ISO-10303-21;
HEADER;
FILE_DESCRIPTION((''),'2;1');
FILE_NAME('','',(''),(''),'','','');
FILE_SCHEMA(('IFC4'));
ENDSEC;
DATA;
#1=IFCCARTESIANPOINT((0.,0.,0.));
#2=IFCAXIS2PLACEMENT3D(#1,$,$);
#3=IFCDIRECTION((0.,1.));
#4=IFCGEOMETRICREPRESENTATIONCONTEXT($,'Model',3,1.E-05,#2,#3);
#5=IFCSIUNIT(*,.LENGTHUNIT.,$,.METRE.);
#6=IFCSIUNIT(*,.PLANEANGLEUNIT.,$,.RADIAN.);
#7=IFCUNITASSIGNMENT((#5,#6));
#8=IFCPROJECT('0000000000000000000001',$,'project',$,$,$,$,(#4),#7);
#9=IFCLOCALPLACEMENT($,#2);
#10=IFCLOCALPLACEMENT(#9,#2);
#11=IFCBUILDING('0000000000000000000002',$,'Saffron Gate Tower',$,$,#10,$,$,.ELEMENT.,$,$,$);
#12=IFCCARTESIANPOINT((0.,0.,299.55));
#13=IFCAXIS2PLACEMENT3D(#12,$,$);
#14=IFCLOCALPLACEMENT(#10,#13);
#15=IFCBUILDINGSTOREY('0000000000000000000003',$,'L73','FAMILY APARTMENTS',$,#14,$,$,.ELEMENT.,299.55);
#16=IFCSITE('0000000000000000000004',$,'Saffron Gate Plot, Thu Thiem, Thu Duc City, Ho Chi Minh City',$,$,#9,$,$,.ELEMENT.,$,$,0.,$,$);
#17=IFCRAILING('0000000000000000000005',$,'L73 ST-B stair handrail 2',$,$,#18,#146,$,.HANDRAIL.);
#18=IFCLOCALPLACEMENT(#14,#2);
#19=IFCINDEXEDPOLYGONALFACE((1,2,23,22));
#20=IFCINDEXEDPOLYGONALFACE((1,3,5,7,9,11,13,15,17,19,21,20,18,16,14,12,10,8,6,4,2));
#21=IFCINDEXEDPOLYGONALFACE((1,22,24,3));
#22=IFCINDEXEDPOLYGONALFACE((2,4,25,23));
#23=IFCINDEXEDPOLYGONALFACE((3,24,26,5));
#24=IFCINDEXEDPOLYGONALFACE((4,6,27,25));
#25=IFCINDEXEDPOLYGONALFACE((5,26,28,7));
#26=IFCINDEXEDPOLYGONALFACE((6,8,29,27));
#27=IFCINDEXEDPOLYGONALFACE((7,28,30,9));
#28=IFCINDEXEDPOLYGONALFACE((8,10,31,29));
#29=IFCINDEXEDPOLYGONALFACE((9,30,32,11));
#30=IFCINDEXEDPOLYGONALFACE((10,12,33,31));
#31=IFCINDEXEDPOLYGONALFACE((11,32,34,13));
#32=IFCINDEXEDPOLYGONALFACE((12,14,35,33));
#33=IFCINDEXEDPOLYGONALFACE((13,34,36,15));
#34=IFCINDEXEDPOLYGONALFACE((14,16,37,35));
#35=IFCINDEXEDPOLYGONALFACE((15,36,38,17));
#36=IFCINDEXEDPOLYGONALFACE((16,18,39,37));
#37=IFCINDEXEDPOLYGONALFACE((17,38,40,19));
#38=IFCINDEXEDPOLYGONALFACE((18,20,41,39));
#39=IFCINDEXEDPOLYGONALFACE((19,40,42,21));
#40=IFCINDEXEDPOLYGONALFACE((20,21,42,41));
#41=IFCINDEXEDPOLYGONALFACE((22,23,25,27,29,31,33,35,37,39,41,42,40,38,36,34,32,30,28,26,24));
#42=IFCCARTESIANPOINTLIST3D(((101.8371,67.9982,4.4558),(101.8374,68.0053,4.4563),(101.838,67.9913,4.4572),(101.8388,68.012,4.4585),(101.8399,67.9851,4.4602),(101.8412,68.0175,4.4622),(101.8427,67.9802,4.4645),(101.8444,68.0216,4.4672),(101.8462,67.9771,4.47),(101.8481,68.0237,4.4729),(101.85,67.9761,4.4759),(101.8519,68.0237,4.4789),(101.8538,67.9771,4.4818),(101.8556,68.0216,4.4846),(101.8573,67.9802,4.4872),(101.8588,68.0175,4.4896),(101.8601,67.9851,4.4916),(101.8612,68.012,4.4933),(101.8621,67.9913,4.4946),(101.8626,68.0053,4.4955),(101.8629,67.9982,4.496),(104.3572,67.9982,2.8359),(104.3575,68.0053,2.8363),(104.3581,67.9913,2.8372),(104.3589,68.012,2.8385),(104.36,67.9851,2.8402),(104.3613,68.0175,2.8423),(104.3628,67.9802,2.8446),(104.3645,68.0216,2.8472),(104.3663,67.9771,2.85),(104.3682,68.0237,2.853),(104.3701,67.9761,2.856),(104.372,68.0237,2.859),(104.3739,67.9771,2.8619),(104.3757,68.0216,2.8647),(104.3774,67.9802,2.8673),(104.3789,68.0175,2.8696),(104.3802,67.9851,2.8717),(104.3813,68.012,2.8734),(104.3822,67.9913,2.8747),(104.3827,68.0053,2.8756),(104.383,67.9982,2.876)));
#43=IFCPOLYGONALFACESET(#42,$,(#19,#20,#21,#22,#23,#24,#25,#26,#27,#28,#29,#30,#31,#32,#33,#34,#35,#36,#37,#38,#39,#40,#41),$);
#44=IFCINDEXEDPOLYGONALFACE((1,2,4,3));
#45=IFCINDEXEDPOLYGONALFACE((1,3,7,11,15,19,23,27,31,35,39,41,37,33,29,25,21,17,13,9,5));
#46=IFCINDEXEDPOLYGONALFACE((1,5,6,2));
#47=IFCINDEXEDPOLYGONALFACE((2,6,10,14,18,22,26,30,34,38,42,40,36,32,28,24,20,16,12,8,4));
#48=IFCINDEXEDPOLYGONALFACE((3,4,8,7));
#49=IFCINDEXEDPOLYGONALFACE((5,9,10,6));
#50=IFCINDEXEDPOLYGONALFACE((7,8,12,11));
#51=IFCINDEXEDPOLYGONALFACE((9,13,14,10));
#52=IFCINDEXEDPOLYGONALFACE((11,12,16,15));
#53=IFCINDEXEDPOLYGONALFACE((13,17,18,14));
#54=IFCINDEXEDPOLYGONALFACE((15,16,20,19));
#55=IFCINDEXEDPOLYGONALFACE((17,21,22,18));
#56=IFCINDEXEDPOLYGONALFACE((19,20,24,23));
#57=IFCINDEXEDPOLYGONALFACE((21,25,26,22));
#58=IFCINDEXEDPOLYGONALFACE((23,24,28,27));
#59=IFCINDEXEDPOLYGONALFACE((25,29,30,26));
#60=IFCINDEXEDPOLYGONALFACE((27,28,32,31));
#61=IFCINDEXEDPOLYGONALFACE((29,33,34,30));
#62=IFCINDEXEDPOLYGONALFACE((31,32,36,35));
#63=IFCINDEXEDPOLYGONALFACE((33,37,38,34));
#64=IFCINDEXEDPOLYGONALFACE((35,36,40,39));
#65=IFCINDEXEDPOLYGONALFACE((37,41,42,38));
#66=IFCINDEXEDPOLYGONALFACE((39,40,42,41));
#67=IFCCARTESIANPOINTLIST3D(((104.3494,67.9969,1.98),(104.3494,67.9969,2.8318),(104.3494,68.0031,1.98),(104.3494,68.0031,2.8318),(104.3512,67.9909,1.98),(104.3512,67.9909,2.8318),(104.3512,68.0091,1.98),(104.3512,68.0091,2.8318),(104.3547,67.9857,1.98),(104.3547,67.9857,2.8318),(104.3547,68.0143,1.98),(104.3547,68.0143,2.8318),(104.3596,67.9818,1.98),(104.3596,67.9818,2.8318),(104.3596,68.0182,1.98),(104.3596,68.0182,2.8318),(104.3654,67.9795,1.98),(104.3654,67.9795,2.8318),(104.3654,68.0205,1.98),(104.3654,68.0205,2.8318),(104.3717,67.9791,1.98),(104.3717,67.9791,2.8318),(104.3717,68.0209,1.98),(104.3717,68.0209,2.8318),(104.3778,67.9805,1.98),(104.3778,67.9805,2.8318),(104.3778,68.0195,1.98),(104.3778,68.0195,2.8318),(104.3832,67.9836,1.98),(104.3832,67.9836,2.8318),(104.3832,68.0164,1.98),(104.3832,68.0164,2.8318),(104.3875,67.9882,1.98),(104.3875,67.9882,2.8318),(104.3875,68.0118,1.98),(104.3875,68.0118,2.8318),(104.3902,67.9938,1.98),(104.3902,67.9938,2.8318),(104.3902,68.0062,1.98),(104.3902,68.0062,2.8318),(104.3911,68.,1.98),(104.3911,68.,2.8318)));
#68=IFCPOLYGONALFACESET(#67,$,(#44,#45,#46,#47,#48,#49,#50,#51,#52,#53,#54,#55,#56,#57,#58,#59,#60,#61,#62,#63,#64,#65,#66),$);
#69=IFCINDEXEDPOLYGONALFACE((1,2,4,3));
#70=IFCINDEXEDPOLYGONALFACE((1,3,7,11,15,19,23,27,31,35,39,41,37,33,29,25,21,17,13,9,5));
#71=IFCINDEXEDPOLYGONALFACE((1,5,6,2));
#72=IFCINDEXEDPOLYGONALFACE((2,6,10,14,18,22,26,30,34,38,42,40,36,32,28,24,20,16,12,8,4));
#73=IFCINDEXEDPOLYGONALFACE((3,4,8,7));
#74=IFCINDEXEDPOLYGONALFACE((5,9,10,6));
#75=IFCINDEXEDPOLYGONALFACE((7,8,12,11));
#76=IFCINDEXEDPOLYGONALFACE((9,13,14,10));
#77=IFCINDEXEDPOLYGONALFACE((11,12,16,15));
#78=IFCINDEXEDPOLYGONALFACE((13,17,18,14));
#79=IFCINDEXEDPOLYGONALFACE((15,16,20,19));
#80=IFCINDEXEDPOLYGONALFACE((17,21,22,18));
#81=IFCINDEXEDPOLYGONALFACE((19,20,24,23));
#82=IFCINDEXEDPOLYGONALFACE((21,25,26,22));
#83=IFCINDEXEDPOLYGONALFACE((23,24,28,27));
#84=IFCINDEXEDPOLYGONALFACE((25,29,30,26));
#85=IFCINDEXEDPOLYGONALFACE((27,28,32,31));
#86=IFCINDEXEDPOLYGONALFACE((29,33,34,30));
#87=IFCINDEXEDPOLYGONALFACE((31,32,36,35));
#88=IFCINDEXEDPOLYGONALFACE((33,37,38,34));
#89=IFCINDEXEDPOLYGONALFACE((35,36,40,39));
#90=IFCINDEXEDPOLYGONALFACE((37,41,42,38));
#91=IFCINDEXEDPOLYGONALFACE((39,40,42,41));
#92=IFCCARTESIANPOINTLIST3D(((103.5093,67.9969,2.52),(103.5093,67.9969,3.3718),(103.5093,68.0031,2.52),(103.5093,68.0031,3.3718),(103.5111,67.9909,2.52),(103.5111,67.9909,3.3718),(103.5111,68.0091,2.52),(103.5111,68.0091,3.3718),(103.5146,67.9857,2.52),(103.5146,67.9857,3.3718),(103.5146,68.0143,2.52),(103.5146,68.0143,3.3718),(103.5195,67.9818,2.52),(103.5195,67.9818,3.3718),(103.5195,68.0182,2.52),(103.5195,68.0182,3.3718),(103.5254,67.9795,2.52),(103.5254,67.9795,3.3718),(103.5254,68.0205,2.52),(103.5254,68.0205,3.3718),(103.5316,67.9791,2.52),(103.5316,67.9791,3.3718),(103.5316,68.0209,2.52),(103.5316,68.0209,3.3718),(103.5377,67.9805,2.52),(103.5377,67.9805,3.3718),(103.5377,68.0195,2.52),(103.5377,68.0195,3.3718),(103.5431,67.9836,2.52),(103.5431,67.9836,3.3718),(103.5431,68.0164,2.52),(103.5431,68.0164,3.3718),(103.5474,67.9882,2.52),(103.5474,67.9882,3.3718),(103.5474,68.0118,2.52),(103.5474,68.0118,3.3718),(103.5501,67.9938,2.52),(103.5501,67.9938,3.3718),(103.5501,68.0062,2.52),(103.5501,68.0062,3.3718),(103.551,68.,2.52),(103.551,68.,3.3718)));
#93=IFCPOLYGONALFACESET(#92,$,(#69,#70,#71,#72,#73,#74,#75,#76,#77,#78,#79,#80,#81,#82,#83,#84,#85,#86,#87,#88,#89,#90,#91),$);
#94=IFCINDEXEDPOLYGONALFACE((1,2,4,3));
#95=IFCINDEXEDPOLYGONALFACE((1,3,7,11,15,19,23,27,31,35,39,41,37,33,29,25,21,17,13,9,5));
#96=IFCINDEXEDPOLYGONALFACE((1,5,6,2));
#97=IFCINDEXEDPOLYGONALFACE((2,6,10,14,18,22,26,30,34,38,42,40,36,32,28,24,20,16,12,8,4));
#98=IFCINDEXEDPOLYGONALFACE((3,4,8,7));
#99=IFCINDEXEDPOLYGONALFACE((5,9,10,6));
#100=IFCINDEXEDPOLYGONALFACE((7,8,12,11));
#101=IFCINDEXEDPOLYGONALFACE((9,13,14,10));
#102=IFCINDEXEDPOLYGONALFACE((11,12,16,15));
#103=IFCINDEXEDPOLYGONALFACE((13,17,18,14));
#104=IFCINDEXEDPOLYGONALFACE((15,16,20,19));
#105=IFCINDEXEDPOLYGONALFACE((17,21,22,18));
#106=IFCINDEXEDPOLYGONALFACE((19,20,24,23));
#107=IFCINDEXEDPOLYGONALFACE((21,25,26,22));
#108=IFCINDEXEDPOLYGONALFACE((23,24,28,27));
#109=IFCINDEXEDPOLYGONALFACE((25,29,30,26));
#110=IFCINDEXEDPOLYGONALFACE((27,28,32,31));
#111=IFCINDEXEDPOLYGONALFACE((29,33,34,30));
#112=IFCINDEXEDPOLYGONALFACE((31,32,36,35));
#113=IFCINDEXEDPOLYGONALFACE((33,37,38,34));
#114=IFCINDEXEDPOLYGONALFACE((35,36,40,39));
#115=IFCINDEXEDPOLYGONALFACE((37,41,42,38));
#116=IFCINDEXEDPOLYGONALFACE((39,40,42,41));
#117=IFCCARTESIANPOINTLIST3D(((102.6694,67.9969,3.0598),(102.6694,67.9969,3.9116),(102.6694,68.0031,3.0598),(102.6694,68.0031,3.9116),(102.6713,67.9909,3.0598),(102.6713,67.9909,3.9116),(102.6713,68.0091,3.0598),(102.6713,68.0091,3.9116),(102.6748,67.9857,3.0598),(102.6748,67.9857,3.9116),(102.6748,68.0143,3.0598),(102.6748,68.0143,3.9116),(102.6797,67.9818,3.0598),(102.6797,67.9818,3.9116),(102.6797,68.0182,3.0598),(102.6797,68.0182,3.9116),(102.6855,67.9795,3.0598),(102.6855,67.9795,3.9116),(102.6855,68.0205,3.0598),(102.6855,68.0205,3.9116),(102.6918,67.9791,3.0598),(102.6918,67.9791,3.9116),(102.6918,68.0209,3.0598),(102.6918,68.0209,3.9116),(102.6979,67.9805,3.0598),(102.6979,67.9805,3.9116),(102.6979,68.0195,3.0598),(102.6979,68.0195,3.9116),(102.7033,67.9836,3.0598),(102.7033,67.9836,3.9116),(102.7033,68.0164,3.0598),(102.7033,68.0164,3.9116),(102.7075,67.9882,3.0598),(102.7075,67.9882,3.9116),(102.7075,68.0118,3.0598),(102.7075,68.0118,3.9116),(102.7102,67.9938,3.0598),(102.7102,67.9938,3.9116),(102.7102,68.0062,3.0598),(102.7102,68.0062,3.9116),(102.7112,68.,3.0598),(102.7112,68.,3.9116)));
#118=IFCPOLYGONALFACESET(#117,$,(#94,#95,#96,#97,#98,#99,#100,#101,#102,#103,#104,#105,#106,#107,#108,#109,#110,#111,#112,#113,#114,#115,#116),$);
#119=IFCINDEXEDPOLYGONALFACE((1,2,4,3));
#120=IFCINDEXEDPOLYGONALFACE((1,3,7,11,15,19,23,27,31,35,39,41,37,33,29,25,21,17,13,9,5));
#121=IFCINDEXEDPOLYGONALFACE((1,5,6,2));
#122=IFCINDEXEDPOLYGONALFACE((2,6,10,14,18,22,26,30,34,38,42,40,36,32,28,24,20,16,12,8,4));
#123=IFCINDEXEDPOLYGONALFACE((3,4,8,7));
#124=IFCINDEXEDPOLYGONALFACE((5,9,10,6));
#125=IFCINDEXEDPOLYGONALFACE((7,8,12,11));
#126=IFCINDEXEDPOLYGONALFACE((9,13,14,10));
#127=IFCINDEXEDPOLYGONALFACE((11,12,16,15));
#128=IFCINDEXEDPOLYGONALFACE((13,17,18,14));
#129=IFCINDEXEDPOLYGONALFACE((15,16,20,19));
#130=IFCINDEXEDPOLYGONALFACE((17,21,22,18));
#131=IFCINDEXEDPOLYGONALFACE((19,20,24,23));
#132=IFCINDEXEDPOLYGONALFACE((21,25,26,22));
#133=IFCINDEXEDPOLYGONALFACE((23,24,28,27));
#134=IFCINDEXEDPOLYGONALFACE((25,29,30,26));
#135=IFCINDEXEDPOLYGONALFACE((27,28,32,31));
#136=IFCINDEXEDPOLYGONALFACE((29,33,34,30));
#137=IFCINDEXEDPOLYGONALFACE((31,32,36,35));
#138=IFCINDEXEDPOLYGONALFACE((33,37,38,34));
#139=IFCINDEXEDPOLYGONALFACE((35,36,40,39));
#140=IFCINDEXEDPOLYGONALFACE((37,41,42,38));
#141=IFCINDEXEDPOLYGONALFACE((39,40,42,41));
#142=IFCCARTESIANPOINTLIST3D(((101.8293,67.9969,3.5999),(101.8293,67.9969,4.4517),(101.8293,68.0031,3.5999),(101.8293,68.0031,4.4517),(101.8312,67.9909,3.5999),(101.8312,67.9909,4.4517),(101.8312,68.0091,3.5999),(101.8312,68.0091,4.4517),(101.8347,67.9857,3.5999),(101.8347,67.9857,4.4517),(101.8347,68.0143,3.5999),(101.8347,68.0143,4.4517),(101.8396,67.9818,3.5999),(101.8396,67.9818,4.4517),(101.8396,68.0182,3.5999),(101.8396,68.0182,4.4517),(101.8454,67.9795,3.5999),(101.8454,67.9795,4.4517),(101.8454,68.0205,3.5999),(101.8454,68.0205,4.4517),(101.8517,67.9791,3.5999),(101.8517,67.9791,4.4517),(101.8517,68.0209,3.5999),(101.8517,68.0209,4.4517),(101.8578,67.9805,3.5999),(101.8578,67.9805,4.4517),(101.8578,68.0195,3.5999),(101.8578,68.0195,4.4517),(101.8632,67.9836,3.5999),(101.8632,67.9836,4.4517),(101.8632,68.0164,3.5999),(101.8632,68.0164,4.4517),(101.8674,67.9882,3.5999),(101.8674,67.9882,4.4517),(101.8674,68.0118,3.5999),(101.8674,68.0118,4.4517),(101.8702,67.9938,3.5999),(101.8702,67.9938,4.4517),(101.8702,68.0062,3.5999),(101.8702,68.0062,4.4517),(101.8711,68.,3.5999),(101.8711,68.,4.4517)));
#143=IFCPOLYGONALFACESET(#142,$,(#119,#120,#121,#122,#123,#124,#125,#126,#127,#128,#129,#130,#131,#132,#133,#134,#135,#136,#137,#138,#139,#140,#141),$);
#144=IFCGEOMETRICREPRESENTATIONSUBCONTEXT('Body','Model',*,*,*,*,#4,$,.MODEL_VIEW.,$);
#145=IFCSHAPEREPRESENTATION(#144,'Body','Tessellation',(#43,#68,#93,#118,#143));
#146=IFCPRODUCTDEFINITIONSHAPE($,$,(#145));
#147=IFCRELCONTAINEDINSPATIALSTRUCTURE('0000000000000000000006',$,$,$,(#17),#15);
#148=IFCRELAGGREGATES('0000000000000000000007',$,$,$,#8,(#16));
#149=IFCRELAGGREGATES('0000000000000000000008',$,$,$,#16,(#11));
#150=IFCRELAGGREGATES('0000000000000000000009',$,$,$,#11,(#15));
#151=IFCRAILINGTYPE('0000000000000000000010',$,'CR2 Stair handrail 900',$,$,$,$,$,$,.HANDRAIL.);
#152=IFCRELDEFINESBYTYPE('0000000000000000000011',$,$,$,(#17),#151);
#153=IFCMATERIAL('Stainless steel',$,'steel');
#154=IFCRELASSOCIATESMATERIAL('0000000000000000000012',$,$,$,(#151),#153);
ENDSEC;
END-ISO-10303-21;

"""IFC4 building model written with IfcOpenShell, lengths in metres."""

from ifc_helpers import new_model, si_unit, direction, frame, origin, origin_2d, place, context, subcontext, project, spatial, circle, extrude, material, type_object, element, save


model = new_model("IFC4")

# Units and contexts
model_context = context("Model", 3, precision=1e-05, world=origin(), true_north=direction((0.0, 1.0)))
body_context = subcontext(model_context, "Body", "Model", "MODEL_VIEW")
ifc_project = project(units=[si_unit("LENGTHUNIT", "METRE"), si_unit("PLANEANGLEUNIT", "RADIAN")], contexts=[model_context])

# Site, building, storey
site_placement = place(None, origin())
site = spatial("IfcSite", under=ifc_project, at=site_placement, Name="Saffron Gate Plot, Thu Thiem, Thu Duc City, Ho Chi Minh City", CompositionType="ELEMENT", RefElevation=0.0)
building_placement = place(site_placement, origin())
building = spatial("IfcBuilding", under=site, at=building_placement, Name="Saffron Gate Tower", CompositionType="ELEMENT")
storey_placement = place(building_placement, frame((0.0, 0.0, 299.55)))
storey = spatial("IfcBuildingStorey", under=building, at=storey_placement, Name="L73", Description="FAMILY APARTMENTS", CompositionType="ELEMENT", Elevation=299.55)

# Railing
ifc_material_1 = material(Name="Stainless steel", Category="steel")
railing_type = type_object("IfcRailingType", Name="CR2 Stair handrail 900", PredefinedType="HANDRAIL", material=ifc_material_1)
railing_placement = place(storey_placement, frame((104.3701, 68.0, 1.98)))
element("IfcRailing", 1, at=railing_placement, inside=storey, type_object=railing_type, Name="L73 ST-B stair handrail 2", PredefinedType="HANDRAIL", context=body_context, shape_type="SweptSolid", body=[
    extrude(circle(Radius=0.0239, at=origin_2d()), frame((0.0, 0.0, 0.876), z_axis=(-0.8412, 0.0, 0.540725), x_axis=(0.0, -1.0, 0.0)), (0.0, 0.0, 1.0), 2.9958),
    extrude(circle(Radius=0.021, at=origin_2d()), origin(), (0.0, 0.0, 1.0), 0.8518),
    extrude(circle(Radius=0.021, at=origin_2d()), frame((-0.8401, 0.0, 0.54)), (0.0, 0.0, 1.0), 0.8518),
    extrude(circle(Radius=0.021, at=origin_2d()), frame((-1.6799, 0.0, 1.0798)), (0.0, 0.0, 1.0), 0.8518),
    extrude(circle(Radius=0.021, at=origin_2d()), frame((-2.52, 0.0, 1.6199)), (0.0, 0.0, 1.0), 0.8518),
])

save(model, "model.ifc")
